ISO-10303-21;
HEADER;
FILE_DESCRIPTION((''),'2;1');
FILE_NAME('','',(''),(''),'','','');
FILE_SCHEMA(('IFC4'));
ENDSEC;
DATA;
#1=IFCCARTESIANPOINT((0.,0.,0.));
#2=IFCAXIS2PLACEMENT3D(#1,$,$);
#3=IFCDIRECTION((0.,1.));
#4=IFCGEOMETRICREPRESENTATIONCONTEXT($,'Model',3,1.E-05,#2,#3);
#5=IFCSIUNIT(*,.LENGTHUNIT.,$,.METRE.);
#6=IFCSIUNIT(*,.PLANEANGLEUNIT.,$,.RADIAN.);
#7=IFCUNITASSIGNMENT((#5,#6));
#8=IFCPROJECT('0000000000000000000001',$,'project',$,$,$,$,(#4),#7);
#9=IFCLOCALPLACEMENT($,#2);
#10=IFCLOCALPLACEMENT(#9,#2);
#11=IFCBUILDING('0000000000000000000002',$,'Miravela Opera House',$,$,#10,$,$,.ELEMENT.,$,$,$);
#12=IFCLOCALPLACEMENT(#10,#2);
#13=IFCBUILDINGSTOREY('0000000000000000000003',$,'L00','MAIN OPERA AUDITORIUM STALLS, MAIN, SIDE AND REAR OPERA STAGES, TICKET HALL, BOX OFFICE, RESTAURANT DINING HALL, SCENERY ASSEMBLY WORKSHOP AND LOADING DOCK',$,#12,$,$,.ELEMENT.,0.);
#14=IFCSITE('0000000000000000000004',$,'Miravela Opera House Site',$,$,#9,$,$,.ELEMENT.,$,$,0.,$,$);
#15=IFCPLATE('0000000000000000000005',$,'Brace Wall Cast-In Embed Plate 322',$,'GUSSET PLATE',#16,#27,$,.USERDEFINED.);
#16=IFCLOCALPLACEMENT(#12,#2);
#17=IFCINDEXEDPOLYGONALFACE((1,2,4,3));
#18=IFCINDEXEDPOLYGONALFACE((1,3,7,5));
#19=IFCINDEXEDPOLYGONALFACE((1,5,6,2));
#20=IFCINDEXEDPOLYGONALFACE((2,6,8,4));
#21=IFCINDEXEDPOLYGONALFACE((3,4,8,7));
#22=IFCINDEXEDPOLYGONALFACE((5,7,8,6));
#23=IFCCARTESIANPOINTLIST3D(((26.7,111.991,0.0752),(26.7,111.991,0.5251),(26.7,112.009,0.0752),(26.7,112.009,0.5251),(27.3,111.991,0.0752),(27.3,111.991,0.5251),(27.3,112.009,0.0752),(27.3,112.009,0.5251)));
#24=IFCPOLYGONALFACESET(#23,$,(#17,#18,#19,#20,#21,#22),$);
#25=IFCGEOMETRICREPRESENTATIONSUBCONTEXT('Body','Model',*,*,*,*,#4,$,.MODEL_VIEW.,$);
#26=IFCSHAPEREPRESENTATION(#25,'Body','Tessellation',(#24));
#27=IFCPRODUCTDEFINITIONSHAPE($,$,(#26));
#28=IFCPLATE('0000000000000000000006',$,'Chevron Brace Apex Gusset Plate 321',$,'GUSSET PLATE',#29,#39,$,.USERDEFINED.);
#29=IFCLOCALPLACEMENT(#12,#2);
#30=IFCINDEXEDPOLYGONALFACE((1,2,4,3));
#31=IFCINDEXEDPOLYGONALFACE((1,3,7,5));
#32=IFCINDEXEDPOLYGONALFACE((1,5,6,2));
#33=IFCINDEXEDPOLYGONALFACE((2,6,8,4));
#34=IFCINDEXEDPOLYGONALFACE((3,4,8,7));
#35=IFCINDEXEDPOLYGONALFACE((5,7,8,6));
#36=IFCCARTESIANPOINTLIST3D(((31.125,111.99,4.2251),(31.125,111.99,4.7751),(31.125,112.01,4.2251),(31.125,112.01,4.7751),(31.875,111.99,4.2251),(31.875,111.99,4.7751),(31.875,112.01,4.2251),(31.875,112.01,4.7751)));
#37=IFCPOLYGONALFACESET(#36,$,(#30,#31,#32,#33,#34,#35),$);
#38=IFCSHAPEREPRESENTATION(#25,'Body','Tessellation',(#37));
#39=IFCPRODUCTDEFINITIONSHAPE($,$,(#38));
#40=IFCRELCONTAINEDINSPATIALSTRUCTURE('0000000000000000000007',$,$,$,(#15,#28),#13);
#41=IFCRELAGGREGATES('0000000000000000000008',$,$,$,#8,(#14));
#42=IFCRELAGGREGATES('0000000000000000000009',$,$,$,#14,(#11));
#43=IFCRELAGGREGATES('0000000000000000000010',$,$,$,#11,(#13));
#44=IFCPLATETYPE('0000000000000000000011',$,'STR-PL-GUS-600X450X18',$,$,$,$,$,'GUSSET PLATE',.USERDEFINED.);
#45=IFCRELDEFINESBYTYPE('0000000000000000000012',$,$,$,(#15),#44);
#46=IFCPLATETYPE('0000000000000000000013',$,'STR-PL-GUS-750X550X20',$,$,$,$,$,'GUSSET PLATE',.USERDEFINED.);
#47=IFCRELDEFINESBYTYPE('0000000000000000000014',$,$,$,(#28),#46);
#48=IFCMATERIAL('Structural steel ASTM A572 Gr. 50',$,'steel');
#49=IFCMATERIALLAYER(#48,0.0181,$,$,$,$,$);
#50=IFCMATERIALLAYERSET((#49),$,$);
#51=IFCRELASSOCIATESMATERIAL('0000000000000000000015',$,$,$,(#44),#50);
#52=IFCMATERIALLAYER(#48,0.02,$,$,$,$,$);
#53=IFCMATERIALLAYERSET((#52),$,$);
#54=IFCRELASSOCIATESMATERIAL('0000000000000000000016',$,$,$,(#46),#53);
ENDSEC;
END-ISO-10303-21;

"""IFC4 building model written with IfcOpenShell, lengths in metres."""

from ifc_helpers import new_model, si_unit, direction, frame, origin, origin_2d, place, context, subcontext, project, spatial, rectangle, extrude, material, layer, layer_set, type_object, element, save


model = new_model("IFC4")

# Units and contexts
model_context = context("Model", 3, precision=1e-05, world=origin(), true_north=direction((0.0, 1.0)))
body_context = subcontext(model_context, "Body", "Model", "MODEL_VIEW")
ifc_project = project(units=[si_unit("LENGTHUNIT", "METRE"), si_unit("PLANEANGLEUNIT", "RADIAN")], contexts=[model_context])

# Site, building, storey
site_placement = place(None, origin())
site = spatial("IfcSite", under=ifc_project, at=site_placement, Name="Miravela Opera House Site", CompositionType="ELEMENT", RefElevation=0.0)
building_placement = place(site_placement, origin())
building = spatial("IfcBuilding", under=site, at=building_placement, Name="Miravela Opera House", CompositionType="ELEMENT")
storey_placement = place(building_placement, origin())
storey = spatial("IfcBuildingStorey", under=building, at=storey_placement, Name="L00", Description="MAIN OPERA AUDITORIUM STALLS, MAIN, SIDE AND REAR OPERA STAGES, TICKET HALL, BOX OFFICE, RESTAURANT DINING HALL, SCENERY ASSEMBLY WORKSHOP AND LOADING DOCK", CompositionType="ELEMENT", Elevation=0.0)

# Plates
ifc_material_1 = material(Name="Structural steel ASTM A572 Gr. 50", Category="steel")
ifc_layer_1 = layer(ifc_material_1, 0.0181)
ifc_layer_set_1 = layer_set([ifc_layer_1])
plate_type_1 = type_object("IfcPlateType", Name="STR-PL-GUS-600X450X18", ElementType="GUSSET PLATE", PredefinedType="USERDEFINED", material=ifc_layer_set_1)
plate_1_placement = place(storey_placement, frame((27.0, 112.0, 0.0752), z_axis=(0.0, 0.0, 1.0), x_axis=(1.0, 0.0, 0.0)))
element("IfcPlate", 1, at=plate_1_placement, inside=storey, type_object=plate_type_1, Name="Brace Wall Cast-In Embed Plate 322", ObjectType="GUSSET PLATE", PredefinedType="USERDEFINED", context=body_context, shape_type="SweptSolid", body=[
    extrude(rectangle(XDim=0.6001, YDim=0.0181, at=origin_2d()), origin(), (0.0, 0.0, 1.0), 0.45),
])
ifc_layer_2 = layer(ifc_material_1, 0.02)
ifc_layer_set_2 = layer_set([ifc_layer_2])
plate_type_2 = type_object("IfcPlateType", Name="STR-PL-GUS-750X550X20", ElementType="GUSSET PLATE", PredefinedType="USERDEFINED", material=ifc_layer_set_2)
plate_2_placement = place(storey_placement, frame((31.5, 112.0, 4.2251), z_axis=(0.0, 0.0, 1.0), x_axis=(1.0, 0.0, 0.0)))
element("IfcPlate", 2, at=plate_2_placement, inside=storey, type_object=plate_type_2, Name="Chevron Brace Apex Gusset Plate 321", ObjectType="GUSSET PLATE", PredefinedType="USERDEFINED", context=body_context, shape_type="SweptSolid", body=[
    extrude(rectangle(XDim=0.75, YDim=0.02, at=origin_2d()), origin(), (0.0, 0.0, 1.0), 0.55),
])

save(model, "model.ifc")
